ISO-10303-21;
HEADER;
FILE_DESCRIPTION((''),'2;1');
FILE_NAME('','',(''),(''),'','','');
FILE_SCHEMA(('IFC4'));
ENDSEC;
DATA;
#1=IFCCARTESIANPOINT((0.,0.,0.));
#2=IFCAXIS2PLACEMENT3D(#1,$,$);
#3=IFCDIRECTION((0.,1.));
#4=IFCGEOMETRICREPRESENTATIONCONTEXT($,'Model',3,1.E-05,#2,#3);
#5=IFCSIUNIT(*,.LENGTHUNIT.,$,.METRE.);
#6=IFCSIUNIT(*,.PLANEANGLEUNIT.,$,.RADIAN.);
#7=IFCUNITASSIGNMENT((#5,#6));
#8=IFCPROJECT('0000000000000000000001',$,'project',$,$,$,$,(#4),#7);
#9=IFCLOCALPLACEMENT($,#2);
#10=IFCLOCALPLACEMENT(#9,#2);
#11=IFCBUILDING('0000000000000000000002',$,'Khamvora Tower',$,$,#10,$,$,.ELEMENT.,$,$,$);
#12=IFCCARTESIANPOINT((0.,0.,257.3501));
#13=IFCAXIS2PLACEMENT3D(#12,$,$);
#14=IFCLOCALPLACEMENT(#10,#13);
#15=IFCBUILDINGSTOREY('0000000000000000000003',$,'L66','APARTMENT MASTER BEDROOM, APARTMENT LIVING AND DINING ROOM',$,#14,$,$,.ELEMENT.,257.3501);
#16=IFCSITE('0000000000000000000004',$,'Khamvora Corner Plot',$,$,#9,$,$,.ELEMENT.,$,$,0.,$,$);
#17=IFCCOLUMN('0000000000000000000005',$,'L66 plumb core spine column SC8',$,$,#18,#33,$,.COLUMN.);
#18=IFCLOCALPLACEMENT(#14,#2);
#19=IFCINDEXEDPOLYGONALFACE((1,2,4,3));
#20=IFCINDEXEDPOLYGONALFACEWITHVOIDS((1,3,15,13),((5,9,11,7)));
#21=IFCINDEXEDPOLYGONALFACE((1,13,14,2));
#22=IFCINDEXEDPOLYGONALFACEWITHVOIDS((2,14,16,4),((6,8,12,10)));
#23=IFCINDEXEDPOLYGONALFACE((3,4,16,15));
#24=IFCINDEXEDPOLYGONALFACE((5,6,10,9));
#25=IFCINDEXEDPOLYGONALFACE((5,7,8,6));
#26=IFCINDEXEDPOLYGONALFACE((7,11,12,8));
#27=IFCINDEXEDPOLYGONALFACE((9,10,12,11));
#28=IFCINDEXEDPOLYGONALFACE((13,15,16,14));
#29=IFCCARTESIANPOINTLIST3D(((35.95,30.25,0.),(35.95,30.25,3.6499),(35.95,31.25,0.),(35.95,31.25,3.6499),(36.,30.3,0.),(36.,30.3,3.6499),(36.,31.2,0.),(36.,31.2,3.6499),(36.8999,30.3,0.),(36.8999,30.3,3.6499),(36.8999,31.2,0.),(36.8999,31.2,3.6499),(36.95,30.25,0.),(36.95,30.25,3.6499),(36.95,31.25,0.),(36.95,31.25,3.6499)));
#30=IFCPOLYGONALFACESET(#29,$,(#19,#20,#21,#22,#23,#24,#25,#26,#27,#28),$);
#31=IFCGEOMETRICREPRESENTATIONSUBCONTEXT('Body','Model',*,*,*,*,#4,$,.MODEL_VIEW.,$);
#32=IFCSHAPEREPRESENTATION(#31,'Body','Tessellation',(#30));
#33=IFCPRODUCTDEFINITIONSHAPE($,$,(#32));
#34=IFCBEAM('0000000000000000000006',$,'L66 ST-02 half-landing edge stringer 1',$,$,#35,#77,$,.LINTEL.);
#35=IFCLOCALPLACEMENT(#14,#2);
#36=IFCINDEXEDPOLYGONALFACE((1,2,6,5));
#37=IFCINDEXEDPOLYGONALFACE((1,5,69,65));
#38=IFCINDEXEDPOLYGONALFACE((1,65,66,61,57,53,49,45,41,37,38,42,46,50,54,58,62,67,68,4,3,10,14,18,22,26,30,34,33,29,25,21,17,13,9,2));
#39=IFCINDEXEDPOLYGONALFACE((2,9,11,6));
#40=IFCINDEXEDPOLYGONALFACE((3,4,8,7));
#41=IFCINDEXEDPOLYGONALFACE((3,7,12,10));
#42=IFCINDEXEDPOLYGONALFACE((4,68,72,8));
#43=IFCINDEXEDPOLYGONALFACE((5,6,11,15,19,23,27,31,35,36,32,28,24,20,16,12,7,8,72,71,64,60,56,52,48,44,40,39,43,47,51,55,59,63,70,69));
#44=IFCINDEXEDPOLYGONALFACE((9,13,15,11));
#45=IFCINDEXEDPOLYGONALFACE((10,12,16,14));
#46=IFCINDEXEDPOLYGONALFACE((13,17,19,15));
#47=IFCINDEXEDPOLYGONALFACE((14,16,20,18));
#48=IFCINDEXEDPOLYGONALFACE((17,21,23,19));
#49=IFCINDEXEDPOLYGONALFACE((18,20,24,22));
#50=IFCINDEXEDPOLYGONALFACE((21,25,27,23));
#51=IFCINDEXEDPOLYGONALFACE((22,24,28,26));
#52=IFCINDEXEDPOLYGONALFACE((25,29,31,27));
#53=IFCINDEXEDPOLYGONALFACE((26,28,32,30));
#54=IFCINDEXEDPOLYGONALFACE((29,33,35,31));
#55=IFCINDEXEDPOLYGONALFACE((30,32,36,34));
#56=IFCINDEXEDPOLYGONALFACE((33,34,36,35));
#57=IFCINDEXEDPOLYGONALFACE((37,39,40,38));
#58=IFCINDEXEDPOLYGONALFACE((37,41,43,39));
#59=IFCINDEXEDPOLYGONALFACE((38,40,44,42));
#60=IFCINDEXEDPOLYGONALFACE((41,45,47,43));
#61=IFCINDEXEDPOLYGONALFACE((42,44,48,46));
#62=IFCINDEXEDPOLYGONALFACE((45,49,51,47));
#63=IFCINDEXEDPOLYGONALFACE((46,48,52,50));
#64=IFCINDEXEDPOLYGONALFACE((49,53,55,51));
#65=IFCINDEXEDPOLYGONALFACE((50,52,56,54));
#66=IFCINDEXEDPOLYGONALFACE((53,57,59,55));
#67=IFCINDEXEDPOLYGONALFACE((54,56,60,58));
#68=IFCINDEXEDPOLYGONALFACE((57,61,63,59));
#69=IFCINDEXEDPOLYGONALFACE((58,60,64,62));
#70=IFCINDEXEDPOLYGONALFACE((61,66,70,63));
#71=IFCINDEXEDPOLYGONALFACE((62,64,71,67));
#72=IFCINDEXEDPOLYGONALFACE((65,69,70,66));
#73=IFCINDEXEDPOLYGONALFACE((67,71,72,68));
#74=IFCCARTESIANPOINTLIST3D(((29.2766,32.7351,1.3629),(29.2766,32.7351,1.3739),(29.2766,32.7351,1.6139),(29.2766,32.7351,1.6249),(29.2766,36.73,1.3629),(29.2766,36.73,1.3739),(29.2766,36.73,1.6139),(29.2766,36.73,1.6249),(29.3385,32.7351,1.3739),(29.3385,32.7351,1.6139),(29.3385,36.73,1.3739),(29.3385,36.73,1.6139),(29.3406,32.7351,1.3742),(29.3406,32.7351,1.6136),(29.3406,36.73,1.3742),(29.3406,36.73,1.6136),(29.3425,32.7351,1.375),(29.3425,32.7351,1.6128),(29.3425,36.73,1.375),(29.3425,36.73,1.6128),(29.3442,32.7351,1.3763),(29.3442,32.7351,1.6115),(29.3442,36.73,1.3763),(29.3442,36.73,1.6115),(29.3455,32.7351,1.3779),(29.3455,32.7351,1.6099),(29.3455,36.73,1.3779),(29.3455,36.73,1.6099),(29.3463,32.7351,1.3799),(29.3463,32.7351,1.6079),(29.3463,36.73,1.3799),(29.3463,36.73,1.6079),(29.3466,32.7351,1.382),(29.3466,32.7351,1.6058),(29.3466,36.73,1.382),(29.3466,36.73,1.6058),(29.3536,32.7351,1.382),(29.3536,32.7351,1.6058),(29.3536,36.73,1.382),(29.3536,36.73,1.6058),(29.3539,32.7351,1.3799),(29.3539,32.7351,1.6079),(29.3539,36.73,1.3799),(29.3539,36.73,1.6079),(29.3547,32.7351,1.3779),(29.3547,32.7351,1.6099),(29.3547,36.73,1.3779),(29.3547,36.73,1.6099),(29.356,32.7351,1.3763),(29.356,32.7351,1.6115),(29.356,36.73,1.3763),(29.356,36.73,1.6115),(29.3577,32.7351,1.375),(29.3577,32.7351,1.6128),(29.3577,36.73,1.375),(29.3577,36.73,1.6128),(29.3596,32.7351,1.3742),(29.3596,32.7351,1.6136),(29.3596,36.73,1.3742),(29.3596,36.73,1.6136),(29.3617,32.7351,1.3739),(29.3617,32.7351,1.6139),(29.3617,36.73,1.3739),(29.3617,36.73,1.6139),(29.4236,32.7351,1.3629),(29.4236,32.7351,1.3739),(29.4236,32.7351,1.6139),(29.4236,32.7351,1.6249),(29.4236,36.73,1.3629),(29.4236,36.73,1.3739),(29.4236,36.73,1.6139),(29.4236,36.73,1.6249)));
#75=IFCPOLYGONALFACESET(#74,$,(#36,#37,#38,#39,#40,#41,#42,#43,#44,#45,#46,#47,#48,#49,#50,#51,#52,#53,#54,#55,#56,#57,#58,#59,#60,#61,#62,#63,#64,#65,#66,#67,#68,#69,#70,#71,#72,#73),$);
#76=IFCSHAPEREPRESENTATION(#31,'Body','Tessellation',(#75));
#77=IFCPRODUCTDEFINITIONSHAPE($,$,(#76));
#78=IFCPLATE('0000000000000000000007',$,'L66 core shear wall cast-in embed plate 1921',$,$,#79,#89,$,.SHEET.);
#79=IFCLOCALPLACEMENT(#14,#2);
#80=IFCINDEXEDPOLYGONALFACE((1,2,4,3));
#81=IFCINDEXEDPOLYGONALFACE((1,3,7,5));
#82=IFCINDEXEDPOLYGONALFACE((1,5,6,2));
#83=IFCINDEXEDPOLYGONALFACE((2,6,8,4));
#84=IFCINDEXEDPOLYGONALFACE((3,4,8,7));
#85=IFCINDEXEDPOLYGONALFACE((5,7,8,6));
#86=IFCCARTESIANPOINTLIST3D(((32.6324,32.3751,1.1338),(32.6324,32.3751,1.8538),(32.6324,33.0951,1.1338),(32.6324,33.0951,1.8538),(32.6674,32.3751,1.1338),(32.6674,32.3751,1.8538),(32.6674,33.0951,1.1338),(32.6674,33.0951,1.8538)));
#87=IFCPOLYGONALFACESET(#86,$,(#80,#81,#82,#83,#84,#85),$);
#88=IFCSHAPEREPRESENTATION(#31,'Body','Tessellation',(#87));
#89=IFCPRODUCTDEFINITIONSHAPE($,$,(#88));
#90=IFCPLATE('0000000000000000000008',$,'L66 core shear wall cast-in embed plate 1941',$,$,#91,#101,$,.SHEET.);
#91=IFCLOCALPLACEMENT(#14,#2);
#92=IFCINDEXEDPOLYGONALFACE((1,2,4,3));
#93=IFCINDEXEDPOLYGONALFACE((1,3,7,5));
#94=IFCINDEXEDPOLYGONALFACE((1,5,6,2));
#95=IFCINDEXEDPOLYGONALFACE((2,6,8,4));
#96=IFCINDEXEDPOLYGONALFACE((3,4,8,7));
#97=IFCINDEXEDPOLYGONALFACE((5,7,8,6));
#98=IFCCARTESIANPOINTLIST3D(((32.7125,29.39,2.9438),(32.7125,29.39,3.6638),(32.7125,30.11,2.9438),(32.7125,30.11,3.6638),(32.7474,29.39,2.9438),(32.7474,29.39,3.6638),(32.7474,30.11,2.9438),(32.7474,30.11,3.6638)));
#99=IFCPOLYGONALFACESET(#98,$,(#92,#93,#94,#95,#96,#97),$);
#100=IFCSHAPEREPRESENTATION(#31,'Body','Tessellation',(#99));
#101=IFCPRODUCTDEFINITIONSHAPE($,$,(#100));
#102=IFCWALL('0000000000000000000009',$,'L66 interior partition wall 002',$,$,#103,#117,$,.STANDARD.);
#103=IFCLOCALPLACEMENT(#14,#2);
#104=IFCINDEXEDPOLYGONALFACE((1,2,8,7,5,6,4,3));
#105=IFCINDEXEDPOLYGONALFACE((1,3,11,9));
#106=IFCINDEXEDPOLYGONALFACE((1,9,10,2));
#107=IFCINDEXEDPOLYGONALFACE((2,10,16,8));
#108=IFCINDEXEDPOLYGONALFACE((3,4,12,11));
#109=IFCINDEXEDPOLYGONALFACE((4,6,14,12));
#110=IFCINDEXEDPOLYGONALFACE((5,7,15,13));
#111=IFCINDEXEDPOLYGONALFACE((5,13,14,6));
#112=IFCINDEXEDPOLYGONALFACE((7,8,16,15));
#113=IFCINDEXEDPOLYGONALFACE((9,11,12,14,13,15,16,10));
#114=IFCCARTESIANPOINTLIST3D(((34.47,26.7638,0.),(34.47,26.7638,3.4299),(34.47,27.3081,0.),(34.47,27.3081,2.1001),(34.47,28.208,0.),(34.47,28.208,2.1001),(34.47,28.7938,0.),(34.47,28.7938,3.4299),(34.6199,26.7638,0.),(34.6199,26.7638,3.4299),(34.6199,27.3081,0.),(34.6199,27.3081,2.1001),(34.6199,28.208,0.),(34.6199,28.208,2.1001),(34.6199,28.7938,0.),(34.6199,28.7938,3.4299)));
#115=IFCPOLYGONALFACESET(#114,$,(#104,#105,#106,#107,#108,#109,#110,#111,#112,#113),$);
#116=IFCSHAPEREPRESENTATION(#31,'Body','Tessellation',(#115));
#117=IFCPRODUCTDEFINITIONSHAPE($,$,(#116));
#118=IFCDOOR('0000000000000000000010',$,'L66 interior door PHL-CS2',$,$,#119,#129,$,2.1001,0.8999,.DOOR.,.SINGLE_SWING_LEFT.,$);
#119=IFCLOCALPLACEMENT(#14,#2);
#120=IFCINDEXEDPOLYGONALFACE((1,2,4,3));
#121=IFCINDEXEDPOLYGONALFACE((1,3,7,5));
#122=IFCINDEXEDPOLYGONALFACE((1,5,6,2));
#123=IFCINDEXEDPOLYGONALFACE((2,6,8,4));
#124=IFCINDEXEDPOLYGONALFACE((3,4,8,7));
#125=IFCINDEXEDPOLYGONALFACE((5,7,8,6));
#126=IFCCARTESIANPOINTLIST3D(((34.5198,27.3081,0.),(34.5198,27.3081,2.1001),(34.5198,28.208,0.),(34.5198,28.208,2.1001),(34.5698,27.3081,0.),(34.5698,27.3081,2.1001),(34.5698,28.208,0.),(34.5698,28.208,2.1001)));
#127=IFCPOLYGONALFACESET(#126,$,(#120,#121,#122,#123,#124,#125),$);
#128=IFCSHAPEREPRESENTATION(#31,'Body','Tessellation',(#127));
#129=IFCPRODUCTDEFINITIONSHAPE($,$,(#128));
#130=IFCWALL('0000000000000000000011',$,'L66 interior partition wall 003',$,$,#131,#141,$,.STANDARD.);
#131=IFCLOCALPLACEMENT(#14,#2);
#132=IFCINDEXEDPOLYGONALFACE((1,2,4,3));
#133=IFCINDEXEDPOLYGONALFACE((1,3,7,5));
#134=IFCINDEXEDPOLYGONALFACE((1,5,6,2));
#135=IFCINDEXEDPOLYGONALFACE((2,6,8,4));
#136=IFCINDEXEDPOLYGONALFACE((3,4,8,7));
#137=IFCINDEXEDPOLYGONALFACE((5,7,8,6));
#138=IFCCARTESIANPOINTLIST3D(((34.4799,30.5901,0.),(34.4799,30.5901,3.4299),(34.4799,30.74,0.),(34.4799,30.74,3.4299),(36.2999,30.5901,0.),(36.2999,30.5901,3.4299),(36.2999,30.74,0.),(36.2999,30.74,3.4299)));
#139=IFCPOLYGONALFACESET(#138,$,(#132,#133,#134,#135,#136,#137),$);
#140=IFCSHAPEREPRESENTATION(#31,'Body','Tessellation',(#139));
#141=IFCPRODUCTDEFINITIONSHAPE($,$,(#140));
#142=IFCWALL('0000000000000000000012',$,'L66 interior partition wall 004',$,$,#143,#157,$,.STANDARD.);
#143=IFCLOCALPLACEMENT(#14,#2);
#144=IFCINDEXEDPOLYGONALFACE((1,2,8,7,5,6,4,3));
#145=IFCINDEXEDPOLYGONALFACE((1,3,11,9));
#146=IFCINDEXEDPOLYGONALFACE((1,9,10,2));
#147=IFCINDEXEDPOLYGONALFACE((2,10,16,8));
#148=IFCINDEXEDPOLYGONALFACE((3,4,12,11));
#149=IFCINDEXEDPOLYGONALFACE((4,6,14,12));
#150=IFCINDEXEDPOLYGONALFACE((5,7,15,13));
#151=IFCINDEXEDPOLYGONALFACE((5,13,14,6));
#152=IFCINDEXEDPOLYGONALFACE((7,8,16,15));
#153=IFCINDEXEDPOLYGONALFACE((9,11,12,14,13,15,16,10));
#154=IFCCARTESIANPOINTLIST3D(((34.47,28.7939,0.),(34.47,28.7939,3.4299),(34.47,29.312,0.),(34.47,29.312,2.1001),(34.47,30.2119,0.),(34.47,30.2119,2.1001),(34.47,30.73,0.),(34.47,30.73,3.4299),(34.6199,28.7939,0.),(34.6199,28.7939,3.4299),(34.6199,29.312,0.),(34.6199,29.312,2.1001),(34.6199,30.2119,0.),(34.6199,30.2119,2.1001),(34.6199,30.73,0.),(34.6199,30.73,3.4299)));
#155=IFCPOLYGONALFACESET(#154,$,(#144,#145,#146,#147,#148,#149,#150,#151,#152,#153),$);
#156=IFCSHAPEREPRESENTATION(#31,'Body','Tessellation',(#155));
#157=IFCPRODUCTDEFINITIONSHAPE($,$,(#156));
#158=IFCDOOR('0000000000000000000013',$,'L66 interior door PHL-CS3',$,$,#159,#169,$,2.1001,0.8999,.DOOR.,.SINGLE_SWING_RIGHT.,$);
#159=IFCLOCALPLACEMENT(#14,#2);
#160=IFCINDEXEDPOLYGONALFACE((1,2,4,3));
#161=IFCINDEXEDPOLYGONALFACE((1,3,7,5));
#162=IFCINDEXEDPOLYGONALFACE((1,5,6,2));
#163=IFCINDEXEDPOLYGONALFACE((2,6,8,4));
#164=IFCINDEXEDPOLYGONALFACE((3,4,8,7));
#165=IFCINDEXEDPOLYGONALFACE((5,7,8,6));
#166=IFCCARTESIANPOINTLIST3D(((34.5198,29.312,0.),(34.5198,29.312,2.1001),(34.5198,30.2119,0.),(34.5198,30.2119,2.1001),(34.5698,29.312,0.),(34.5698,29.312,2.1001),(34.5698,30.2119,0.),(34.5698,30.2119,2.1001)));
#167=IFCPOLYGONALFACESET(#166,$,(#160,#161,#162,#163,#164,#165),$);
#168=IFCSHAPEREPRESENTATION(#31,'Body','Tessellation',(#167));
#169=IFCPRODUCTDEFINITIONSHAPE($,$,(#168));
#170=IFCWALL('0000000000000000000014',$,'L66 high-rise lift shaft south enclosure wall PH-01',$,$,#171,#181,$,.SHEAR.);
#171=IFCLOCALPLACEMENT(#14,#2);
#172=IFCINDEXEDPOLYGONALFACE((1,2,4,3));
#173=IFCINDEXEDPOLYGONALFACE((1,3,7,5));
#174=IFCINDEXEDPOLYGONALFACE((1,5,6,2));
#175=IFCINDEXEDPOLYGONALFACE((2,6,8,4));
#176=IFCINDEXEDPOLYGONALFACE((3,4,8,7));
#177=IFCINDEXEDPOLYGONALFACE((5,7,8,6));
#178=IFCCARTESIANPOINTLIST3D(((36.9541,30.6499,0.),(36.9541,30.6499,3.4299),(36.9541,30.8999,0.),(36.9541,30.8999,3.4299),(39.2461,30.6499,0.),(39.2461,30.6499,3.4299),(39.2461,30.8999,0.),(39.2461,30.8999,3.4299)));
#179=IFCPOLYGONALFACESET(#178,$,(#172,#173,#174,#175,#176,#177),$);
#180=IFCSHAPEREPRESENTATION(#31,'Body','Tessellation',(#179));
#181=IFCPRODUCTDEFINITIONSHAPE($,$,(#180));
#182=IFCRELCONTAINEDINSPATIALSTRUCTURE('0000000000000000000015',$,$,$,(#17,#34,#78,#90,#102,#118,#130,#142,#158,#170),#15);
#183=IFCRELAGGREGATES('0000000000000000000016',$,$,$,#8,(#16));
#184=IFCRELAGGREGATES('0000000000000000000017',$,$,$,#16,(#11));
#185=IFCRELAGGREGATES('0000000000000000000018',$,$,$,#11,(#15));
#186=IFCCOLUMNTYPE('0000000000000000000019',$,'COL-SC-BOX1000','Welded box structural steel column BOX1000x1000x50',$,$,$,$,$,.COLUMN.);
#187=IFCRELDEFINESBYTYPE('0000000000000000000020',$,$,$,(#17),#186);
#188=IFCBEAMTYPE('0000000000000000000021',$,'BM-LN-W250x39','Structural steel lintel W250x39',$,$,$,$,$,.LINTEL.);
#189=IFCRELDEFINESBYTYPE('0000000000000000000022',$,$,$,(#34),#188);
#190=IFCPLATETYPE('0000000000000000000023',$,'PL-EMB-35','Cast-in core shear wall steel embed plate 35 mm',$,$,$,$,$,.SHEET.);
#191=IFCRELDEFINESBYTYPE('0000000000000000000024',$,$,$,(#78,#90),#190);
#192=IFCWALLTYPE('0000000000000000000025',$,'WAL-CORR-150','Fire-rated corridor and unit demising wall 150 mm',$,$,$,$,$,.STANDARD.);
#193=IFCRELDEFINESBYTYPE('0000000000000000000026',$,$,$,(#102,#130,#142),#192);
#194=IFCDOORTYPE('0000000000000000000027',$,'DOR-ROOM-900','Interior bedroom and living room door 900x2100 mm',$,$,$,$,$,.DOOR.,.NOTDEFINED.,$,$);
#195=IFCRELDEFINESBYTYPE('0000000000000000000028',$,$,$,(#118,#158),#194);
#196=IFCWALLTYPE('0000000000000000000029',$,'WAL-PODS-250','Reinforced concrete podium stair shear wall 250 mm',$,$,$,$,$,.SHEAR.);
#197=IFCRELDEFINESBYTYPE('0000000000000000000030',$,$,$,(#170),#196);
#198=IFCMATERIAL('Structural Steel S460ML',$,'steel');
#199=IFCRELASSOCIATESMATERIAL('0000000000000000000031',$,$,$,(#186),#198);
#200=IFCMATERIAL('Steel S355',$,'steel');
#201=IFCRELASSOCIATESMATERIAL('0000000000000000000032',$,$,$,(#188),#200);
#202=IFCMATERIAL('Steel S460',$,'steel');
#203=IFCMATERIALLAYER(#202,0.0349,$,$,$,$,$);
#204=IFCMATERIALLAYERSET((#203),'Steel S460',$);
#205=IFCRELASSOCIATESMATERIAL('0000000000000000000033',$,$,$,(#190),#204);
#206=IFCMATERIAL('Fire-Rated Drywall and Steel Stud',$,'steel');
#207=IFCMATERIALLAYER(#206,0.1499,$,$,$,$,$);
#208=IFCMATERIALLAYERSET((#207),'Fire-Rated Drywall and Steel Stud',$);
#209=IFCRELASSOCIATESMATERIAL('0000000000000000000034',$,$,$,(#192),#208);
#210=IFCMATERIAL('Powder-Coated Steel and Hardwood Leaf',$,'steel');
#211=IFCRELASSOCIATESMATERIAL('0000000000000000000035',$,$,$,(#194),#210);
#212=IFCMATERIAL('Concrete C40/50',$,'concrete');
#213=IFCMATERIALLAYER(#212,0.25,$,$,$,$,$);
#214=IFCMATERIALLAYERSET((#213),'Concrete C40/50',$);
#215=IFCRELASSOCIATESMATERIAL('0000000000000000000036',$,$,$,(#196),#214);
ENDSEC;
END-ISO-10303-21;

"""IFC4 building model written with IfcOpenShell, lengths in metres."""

from ifc_helpers import new_model, si_unit, direction, frame, frame_2d, origin, origin_2d, place, context, subcontext, project, spatial, rectangle, hollow_rectangle, i_section, extrude, material, layer, layer_set, material_profile, profile_set, type_object, element, fill, save


model = new_model("IFC4")

# Units and contexts
model_context = context("Model", 3, precision=1e-05, world=origin(), true_north=direction((0.0, 1.0)))
body_context = subcontext(model_context, "Body", "Model", "MODEL_VIEW")
ifc_project = project(units=[si_unit("LENGTHUNIT", "METRE"), si_unit("PLANEANGLEUNIT", "RADIAN")], contexts=[model_context])

# Site, building, storey
site_placement = place(None, origin())
site = spatial("IfcSite", under=ifc_project, at=site_placement, Name="Khamvora Corner Plot", CompositionType="ELEMENT", RefElevation=0.0)
building_placement = place(site_placement, origin())
building = spatial("IfcBuilding", under=site, at=building_placement, Name="Khamvora Tower", CompositionType="ELEMENT")
storey_placement = place(building_placement, frame((0.0, 0.0, 257.3501)))
storey = spatial("IfcBuildingStorey", under=building, at=storey_placement, Name="L66", Description="APARTMENT MASTER BEDROOM, APARTMENT LIVING AND DINING ROOM", CompositionType="ELEMENT", Elevation=257.3501)

# Column
ifc_material_1 = material(Name="Structural Steel S460ML", Category="steel")
ifc_material_profile_1 = material_profile(ifc_material_1, hollow_rectangle(XDim=1.0, YDim=1.0, WallThickness=0.05, at=origin_2d()), Name="BOX1000x1000x50")
ifc_profile_set_1 = profile_set([ifc_material_profile_1], Name="Structural Steel S460ML")
column_type = type_object("IfcColumnType", Name="COL-SC-BOX1000", Description="Welded box structural steel column BOX1000x1000x50", PredefinedType="COLUMN", material=ifc_profile_set_1)
column_placement = place(storey_placement, frame((36.45, 30.75, 0.0), z_axis=(0.0, 0.0, 1.0), x_axis=(1.0, 0.0, 0.0)))
element("IfcColumn", 1, at=column_placement, inside=storey, type_object=column_type, Name="L66 plumb core spine column SC8", PredefinedType="COLUMN", context=body_context, shape_type="SweptSolid", body=[
    extrude(hollow_rectangle(XDim=1.0, YDim=1.0, WallThickness=0.05, at=origin_2d()), origin(), (0.0, 0.0, 1.0), 3.6499),
])

# Beam
ifc_material_2 = material(Name="Steel S355", Category="steel")
ifc_material_profile_2 = material_profile(ifc_material_2, i_section(OverallWidth=0.147, OverallDepth=0.262, WebThickness=0.0071, FlangeThickness=0.011, FilletRadius=0.0081, at=origin_2d()), Name="W250x39")
ifc_profile_set_2 = profile_set([ifc_material_profile_2], Name="Steel S355")
beam_type = type_object("IfcBeamType", Name="BM-LN-W250x39", Description="Structural steel lintel W250x39", PredefinedType="LINTEL", material=ifc_profile_set_2)
beam_placement = place(storey_placement, frame((29.3501, 32.7351, 1.4939), z_axis=(0.0, 1.0, 0.0), x_axis=(-1.0, 0.0, 0.0)))
element("IfcBeam", 2, at=beam_placement, inside=storey, type_object=beam_type, Name="L66 ST-02 half-landing edge stringer 1", PredefinedType="LINTEL", context=body_context, shape_type="SweptSolid", body=[
    extrude(i_section(OverallWidth=0.147, OverallDepth=0.262, WebThickness=0.0071, FlangeThickness=0.011, FilletRadius=0.0081, at=origin_2d()), origin(), (0.0, 0.0, 1.0), 3.9949),
])

# Plates
ifc_material_3 = material(Name="Steel S460", Category="steel")
ifc_layer_1 = layer(ifc_material_3, 0.0349)
ifc_layer_set_1 = layer_set([ifc_layer_1], Name="Steel S460")
plate_type = type_object("IfcPlateType", Name="PL-EMB-35", Description="Cast-in core shear wall steel embed plate 35 mm", PredefinedType="SHEET", material=ifc_layer_set_1)
for number, where, z_axis, x_axis, name in (
    (3, (32.6499, 32.7351, 1.1338), (0.0, 0.0, 1.0), (1.0, 0.0, 0.0), "L66 core shear wall cast-in embed plate 1921"),
    (4, (32.73, 29.75, 2.9438), (0.0, 0.0, 1.0), (1.0, 0.0, 0.0), "L66 core shear wall cast-in embed plate 1941"),
):
    element("IfcPlate", number, at=place(storey_placement, frame(where, z_axis=z_axis, x_axis=x_axis)), inside=storey, type_object=plate_type, Name=name, PredefinedType="SHEET", context=body_context, shape_type="SweptSolid", body=[
        extrude(rectangle(XDim=0.0349, YDim=0.72, at=origin_2d()), origin(), (0.0, 0.0, 1.0), 0.72),
    ])

# Shared definitions
ifc_material_4 = material(Name="Powder-Coated Steel and Hardwood Leaf", Category="steel")

# Wall, opening, door
ifc_material_5 = material(Name="Fire-Rated Drywall and Steel Stud", Category="steel")
ifc_layer_2 = layer(ifc_material_5, 0.1499)
ifc_layer_set_2 = layer_set([ifc_layer_2], Name="Fire-Rated Drywall and Steel Stud")
wall_type_1 = type_object("IfcWallType", Name="WAL-CORR-150", Description="Fire-rated corridor and unit demising wall 150 mm", PredefinedType="STANDARD", material=ifc_layer_set_2)
wall_1_placement = place(storey_placement, frame((34.5449, 28.7939, 0.0), z_axis=(0.0, 0.0, 1.0), x_axis=(0.0, -1.0, 0.0)))
wall_1 = element("IfcWall", 5, at=wall_1_placement, inside=storey, type_object=wall_type_1, Name="L66 interior partition wall 002", PredefinedType="STANDARD", context=body_context, shape_type="SweptSolid", body=[
    extrude(rectangle(XDim=2.03, YDim=0.1499, at=frame_2d((1.0151, 0.0))), origin(), (0.0, 0.0, 1.0), 3.4299),
])
opening_1_placement = place(wall_1_placement, frame((0.5859, 0.0, 0.0)))
opening_1 = element("IfcOpeningElement", 6, at=opening_1_placement, cuts=wall_1, PredefinedType="OPENING", context=body_context, shape_type="SweptSolid", body=[
    extrude(rectangle(XDim=0.8999, YDim=2.1001, at=frame_2d((0.45, 1.05))), frame((0.0, 0.085, 0.0), z_axis=(0.0, -1.0, 0.0), x_axis=(1.0, 0.0, 0.0)), (0.0, 0.0, 1.0), 0.1699),
])
door_type_1 = type_object("IfcDoorType", Name="DOR-ROOM-900", Description="Interior bedroom and living room door 900x2100 mm", OperationType="NOTDEFINED", PredefinedType="DOOR", material=ifc_material_4)
door_1_placement = place(opening_1_placement, origin())
door_1 = element("IfcDoor", 7, at=door_1_placement, inside=storey, type_object=door_type_1, Name="L66 interior door PHL-CS2", OperationType="SINGLE_SWING_LEFT", OverallHeight=2.1001, OverallWidth=0.8999, PredefinedType="DOOR", context=body_context, shape_type="SweptSolid", body=[
    extrude(rectangle(XDim=0.8999, YDim=2.1001, at=frame_2d((0.45, 1.05))), frame((0.0, 0.0249, 0.0), z_axis=(0.0, -1.0, 0.0), x_axis=(1.0, 0.0, 0.0)), (0.0, 0.0, 1.0), 0.05),
])
fill(opening_1, door_1)

# Wall
wall_2_placement = place(storey_placement, frame((36.3, 30.665, 0.0), z_axis=(0.0, 0.0, 1.0), x_axis=(-1.0, 0.0, 0.0)))
element("IfcWall", 8, at=wall_2_placement, inside=storey, type_object=wall_type_1, Name="L66 interior partition wall 003", PredefinedType="STANDARD", context=body_context, shape_type="SweptSolid", body=[
    extrude(rectangle(XDim=1.8201, YDim=0.1499, at=frame_2d((0.9102, 0.0))), origin(), (0.0, 0.0, 1.0), 3.4299),
])

# Wall, opening, door
wall_3_placement = place(storey_placement, frame((34.5449, 30.73, 0.0), z_axis=(0.0, 0.0, 1.0), x_axis=(0.0, -1.0, 0.0)))
wall_3 = element("IfcWall", 9, at=wall_3_placement, inside=storey, type_object=wall_type_1, Name="L66 interior partition wall 004", PredefinedType="STANDARD", context=body_context, shape_type="SweptSolid", body=[
    extrude(rectangle(XDim=1.936, YDim=0.1499, at=frame_2d((0.968, 0.0))), origin(), (0.0, 0.0, 1.0), 3.4299),
])
opening_2_placement = place(wall_3_placement, frame((0.5181, 0.0, 0.0)))
opening_2 = element("IfcOpeningElement", 10, at=opening_2_placement, cuts=wall_3, PredefinedType="OPENING", context=body_context, shape_type="SweptSolid", body=[
    extrude(rectangle(XDim=0.8999, YDim=2.1001, at=frame_2d((0.45, 1.05))), frame((0.0, 0.085, 0.0), z_axis=(0.0, -1.0, 0.0), x_axis=(1.0, 0.0, 0.0)), (0.0, 0.0, 1.0), 0.1699),
])
door_2_placement = place(opening_2_placement, origin())
door_2 = element("IfcDoor", 11, at=door_2_placement, inside=storey, type_object=door_type_1, Name="L66 interior door PHL-CS3", OperationType="SINGLE_SWING_RIGHT", OverallHeight=2.1001, OverallWidth=0.8999, PredefinedType="DOOR", context=body_context, shape_type="SweptSolid", body=[
    extrude(rectangle(XDim=0.8999, YDim=2.1001, at=frame_2d((0.45, 1.05))), frame((0.0, 0.0249, 0.0), z_axis=(0.0, -1.0, 0.0), x_axis=(1.0, 0.0, 0.0)), (0.0, 0.0, 1.0), 0.05),
])
fill(opening_2, door_2)

# Wall
ifc_material_6 = material(Name="Concrete C40/50", Category="concrete")
ifc_layer_3 = layer(ifc_material_6, 0.25)
ifc_layer_set_3 = layer_set([ifc_layer_3], Name="Concrete C40/50")
wall_type_2 = type_object("IfcWallType", Name="WAL-PODS-250", Description="Reinforced concrete podium stair shear wall 250 mm", PredefinedType="SHEAR", material=ifc_layer_set_3)
wall_4_placement = place(storey_placement, frame((36.9541, 30.7749, 0.0), z_axis=(0.0, 0.0, 1.0), x_axis=(1.0, 0.0, 0.0)))
element("IfcWall", 12, at=wall_4_placement, inside=storey, type_object=wall_type_2, Name="L66 high-rise lift shaft south enclosure wall PH-01", PredefinedType="SHEAR", context=body_context, shape_type="SweptSolid", body=[
    extrude(rectangle(XDim=2.292, YDim=0.25, at=frame_2d((1.146, 0.0))), origin(), (0.0, 0.0, 1.0), 3.4299),
])

save(model, "model.ifc")
